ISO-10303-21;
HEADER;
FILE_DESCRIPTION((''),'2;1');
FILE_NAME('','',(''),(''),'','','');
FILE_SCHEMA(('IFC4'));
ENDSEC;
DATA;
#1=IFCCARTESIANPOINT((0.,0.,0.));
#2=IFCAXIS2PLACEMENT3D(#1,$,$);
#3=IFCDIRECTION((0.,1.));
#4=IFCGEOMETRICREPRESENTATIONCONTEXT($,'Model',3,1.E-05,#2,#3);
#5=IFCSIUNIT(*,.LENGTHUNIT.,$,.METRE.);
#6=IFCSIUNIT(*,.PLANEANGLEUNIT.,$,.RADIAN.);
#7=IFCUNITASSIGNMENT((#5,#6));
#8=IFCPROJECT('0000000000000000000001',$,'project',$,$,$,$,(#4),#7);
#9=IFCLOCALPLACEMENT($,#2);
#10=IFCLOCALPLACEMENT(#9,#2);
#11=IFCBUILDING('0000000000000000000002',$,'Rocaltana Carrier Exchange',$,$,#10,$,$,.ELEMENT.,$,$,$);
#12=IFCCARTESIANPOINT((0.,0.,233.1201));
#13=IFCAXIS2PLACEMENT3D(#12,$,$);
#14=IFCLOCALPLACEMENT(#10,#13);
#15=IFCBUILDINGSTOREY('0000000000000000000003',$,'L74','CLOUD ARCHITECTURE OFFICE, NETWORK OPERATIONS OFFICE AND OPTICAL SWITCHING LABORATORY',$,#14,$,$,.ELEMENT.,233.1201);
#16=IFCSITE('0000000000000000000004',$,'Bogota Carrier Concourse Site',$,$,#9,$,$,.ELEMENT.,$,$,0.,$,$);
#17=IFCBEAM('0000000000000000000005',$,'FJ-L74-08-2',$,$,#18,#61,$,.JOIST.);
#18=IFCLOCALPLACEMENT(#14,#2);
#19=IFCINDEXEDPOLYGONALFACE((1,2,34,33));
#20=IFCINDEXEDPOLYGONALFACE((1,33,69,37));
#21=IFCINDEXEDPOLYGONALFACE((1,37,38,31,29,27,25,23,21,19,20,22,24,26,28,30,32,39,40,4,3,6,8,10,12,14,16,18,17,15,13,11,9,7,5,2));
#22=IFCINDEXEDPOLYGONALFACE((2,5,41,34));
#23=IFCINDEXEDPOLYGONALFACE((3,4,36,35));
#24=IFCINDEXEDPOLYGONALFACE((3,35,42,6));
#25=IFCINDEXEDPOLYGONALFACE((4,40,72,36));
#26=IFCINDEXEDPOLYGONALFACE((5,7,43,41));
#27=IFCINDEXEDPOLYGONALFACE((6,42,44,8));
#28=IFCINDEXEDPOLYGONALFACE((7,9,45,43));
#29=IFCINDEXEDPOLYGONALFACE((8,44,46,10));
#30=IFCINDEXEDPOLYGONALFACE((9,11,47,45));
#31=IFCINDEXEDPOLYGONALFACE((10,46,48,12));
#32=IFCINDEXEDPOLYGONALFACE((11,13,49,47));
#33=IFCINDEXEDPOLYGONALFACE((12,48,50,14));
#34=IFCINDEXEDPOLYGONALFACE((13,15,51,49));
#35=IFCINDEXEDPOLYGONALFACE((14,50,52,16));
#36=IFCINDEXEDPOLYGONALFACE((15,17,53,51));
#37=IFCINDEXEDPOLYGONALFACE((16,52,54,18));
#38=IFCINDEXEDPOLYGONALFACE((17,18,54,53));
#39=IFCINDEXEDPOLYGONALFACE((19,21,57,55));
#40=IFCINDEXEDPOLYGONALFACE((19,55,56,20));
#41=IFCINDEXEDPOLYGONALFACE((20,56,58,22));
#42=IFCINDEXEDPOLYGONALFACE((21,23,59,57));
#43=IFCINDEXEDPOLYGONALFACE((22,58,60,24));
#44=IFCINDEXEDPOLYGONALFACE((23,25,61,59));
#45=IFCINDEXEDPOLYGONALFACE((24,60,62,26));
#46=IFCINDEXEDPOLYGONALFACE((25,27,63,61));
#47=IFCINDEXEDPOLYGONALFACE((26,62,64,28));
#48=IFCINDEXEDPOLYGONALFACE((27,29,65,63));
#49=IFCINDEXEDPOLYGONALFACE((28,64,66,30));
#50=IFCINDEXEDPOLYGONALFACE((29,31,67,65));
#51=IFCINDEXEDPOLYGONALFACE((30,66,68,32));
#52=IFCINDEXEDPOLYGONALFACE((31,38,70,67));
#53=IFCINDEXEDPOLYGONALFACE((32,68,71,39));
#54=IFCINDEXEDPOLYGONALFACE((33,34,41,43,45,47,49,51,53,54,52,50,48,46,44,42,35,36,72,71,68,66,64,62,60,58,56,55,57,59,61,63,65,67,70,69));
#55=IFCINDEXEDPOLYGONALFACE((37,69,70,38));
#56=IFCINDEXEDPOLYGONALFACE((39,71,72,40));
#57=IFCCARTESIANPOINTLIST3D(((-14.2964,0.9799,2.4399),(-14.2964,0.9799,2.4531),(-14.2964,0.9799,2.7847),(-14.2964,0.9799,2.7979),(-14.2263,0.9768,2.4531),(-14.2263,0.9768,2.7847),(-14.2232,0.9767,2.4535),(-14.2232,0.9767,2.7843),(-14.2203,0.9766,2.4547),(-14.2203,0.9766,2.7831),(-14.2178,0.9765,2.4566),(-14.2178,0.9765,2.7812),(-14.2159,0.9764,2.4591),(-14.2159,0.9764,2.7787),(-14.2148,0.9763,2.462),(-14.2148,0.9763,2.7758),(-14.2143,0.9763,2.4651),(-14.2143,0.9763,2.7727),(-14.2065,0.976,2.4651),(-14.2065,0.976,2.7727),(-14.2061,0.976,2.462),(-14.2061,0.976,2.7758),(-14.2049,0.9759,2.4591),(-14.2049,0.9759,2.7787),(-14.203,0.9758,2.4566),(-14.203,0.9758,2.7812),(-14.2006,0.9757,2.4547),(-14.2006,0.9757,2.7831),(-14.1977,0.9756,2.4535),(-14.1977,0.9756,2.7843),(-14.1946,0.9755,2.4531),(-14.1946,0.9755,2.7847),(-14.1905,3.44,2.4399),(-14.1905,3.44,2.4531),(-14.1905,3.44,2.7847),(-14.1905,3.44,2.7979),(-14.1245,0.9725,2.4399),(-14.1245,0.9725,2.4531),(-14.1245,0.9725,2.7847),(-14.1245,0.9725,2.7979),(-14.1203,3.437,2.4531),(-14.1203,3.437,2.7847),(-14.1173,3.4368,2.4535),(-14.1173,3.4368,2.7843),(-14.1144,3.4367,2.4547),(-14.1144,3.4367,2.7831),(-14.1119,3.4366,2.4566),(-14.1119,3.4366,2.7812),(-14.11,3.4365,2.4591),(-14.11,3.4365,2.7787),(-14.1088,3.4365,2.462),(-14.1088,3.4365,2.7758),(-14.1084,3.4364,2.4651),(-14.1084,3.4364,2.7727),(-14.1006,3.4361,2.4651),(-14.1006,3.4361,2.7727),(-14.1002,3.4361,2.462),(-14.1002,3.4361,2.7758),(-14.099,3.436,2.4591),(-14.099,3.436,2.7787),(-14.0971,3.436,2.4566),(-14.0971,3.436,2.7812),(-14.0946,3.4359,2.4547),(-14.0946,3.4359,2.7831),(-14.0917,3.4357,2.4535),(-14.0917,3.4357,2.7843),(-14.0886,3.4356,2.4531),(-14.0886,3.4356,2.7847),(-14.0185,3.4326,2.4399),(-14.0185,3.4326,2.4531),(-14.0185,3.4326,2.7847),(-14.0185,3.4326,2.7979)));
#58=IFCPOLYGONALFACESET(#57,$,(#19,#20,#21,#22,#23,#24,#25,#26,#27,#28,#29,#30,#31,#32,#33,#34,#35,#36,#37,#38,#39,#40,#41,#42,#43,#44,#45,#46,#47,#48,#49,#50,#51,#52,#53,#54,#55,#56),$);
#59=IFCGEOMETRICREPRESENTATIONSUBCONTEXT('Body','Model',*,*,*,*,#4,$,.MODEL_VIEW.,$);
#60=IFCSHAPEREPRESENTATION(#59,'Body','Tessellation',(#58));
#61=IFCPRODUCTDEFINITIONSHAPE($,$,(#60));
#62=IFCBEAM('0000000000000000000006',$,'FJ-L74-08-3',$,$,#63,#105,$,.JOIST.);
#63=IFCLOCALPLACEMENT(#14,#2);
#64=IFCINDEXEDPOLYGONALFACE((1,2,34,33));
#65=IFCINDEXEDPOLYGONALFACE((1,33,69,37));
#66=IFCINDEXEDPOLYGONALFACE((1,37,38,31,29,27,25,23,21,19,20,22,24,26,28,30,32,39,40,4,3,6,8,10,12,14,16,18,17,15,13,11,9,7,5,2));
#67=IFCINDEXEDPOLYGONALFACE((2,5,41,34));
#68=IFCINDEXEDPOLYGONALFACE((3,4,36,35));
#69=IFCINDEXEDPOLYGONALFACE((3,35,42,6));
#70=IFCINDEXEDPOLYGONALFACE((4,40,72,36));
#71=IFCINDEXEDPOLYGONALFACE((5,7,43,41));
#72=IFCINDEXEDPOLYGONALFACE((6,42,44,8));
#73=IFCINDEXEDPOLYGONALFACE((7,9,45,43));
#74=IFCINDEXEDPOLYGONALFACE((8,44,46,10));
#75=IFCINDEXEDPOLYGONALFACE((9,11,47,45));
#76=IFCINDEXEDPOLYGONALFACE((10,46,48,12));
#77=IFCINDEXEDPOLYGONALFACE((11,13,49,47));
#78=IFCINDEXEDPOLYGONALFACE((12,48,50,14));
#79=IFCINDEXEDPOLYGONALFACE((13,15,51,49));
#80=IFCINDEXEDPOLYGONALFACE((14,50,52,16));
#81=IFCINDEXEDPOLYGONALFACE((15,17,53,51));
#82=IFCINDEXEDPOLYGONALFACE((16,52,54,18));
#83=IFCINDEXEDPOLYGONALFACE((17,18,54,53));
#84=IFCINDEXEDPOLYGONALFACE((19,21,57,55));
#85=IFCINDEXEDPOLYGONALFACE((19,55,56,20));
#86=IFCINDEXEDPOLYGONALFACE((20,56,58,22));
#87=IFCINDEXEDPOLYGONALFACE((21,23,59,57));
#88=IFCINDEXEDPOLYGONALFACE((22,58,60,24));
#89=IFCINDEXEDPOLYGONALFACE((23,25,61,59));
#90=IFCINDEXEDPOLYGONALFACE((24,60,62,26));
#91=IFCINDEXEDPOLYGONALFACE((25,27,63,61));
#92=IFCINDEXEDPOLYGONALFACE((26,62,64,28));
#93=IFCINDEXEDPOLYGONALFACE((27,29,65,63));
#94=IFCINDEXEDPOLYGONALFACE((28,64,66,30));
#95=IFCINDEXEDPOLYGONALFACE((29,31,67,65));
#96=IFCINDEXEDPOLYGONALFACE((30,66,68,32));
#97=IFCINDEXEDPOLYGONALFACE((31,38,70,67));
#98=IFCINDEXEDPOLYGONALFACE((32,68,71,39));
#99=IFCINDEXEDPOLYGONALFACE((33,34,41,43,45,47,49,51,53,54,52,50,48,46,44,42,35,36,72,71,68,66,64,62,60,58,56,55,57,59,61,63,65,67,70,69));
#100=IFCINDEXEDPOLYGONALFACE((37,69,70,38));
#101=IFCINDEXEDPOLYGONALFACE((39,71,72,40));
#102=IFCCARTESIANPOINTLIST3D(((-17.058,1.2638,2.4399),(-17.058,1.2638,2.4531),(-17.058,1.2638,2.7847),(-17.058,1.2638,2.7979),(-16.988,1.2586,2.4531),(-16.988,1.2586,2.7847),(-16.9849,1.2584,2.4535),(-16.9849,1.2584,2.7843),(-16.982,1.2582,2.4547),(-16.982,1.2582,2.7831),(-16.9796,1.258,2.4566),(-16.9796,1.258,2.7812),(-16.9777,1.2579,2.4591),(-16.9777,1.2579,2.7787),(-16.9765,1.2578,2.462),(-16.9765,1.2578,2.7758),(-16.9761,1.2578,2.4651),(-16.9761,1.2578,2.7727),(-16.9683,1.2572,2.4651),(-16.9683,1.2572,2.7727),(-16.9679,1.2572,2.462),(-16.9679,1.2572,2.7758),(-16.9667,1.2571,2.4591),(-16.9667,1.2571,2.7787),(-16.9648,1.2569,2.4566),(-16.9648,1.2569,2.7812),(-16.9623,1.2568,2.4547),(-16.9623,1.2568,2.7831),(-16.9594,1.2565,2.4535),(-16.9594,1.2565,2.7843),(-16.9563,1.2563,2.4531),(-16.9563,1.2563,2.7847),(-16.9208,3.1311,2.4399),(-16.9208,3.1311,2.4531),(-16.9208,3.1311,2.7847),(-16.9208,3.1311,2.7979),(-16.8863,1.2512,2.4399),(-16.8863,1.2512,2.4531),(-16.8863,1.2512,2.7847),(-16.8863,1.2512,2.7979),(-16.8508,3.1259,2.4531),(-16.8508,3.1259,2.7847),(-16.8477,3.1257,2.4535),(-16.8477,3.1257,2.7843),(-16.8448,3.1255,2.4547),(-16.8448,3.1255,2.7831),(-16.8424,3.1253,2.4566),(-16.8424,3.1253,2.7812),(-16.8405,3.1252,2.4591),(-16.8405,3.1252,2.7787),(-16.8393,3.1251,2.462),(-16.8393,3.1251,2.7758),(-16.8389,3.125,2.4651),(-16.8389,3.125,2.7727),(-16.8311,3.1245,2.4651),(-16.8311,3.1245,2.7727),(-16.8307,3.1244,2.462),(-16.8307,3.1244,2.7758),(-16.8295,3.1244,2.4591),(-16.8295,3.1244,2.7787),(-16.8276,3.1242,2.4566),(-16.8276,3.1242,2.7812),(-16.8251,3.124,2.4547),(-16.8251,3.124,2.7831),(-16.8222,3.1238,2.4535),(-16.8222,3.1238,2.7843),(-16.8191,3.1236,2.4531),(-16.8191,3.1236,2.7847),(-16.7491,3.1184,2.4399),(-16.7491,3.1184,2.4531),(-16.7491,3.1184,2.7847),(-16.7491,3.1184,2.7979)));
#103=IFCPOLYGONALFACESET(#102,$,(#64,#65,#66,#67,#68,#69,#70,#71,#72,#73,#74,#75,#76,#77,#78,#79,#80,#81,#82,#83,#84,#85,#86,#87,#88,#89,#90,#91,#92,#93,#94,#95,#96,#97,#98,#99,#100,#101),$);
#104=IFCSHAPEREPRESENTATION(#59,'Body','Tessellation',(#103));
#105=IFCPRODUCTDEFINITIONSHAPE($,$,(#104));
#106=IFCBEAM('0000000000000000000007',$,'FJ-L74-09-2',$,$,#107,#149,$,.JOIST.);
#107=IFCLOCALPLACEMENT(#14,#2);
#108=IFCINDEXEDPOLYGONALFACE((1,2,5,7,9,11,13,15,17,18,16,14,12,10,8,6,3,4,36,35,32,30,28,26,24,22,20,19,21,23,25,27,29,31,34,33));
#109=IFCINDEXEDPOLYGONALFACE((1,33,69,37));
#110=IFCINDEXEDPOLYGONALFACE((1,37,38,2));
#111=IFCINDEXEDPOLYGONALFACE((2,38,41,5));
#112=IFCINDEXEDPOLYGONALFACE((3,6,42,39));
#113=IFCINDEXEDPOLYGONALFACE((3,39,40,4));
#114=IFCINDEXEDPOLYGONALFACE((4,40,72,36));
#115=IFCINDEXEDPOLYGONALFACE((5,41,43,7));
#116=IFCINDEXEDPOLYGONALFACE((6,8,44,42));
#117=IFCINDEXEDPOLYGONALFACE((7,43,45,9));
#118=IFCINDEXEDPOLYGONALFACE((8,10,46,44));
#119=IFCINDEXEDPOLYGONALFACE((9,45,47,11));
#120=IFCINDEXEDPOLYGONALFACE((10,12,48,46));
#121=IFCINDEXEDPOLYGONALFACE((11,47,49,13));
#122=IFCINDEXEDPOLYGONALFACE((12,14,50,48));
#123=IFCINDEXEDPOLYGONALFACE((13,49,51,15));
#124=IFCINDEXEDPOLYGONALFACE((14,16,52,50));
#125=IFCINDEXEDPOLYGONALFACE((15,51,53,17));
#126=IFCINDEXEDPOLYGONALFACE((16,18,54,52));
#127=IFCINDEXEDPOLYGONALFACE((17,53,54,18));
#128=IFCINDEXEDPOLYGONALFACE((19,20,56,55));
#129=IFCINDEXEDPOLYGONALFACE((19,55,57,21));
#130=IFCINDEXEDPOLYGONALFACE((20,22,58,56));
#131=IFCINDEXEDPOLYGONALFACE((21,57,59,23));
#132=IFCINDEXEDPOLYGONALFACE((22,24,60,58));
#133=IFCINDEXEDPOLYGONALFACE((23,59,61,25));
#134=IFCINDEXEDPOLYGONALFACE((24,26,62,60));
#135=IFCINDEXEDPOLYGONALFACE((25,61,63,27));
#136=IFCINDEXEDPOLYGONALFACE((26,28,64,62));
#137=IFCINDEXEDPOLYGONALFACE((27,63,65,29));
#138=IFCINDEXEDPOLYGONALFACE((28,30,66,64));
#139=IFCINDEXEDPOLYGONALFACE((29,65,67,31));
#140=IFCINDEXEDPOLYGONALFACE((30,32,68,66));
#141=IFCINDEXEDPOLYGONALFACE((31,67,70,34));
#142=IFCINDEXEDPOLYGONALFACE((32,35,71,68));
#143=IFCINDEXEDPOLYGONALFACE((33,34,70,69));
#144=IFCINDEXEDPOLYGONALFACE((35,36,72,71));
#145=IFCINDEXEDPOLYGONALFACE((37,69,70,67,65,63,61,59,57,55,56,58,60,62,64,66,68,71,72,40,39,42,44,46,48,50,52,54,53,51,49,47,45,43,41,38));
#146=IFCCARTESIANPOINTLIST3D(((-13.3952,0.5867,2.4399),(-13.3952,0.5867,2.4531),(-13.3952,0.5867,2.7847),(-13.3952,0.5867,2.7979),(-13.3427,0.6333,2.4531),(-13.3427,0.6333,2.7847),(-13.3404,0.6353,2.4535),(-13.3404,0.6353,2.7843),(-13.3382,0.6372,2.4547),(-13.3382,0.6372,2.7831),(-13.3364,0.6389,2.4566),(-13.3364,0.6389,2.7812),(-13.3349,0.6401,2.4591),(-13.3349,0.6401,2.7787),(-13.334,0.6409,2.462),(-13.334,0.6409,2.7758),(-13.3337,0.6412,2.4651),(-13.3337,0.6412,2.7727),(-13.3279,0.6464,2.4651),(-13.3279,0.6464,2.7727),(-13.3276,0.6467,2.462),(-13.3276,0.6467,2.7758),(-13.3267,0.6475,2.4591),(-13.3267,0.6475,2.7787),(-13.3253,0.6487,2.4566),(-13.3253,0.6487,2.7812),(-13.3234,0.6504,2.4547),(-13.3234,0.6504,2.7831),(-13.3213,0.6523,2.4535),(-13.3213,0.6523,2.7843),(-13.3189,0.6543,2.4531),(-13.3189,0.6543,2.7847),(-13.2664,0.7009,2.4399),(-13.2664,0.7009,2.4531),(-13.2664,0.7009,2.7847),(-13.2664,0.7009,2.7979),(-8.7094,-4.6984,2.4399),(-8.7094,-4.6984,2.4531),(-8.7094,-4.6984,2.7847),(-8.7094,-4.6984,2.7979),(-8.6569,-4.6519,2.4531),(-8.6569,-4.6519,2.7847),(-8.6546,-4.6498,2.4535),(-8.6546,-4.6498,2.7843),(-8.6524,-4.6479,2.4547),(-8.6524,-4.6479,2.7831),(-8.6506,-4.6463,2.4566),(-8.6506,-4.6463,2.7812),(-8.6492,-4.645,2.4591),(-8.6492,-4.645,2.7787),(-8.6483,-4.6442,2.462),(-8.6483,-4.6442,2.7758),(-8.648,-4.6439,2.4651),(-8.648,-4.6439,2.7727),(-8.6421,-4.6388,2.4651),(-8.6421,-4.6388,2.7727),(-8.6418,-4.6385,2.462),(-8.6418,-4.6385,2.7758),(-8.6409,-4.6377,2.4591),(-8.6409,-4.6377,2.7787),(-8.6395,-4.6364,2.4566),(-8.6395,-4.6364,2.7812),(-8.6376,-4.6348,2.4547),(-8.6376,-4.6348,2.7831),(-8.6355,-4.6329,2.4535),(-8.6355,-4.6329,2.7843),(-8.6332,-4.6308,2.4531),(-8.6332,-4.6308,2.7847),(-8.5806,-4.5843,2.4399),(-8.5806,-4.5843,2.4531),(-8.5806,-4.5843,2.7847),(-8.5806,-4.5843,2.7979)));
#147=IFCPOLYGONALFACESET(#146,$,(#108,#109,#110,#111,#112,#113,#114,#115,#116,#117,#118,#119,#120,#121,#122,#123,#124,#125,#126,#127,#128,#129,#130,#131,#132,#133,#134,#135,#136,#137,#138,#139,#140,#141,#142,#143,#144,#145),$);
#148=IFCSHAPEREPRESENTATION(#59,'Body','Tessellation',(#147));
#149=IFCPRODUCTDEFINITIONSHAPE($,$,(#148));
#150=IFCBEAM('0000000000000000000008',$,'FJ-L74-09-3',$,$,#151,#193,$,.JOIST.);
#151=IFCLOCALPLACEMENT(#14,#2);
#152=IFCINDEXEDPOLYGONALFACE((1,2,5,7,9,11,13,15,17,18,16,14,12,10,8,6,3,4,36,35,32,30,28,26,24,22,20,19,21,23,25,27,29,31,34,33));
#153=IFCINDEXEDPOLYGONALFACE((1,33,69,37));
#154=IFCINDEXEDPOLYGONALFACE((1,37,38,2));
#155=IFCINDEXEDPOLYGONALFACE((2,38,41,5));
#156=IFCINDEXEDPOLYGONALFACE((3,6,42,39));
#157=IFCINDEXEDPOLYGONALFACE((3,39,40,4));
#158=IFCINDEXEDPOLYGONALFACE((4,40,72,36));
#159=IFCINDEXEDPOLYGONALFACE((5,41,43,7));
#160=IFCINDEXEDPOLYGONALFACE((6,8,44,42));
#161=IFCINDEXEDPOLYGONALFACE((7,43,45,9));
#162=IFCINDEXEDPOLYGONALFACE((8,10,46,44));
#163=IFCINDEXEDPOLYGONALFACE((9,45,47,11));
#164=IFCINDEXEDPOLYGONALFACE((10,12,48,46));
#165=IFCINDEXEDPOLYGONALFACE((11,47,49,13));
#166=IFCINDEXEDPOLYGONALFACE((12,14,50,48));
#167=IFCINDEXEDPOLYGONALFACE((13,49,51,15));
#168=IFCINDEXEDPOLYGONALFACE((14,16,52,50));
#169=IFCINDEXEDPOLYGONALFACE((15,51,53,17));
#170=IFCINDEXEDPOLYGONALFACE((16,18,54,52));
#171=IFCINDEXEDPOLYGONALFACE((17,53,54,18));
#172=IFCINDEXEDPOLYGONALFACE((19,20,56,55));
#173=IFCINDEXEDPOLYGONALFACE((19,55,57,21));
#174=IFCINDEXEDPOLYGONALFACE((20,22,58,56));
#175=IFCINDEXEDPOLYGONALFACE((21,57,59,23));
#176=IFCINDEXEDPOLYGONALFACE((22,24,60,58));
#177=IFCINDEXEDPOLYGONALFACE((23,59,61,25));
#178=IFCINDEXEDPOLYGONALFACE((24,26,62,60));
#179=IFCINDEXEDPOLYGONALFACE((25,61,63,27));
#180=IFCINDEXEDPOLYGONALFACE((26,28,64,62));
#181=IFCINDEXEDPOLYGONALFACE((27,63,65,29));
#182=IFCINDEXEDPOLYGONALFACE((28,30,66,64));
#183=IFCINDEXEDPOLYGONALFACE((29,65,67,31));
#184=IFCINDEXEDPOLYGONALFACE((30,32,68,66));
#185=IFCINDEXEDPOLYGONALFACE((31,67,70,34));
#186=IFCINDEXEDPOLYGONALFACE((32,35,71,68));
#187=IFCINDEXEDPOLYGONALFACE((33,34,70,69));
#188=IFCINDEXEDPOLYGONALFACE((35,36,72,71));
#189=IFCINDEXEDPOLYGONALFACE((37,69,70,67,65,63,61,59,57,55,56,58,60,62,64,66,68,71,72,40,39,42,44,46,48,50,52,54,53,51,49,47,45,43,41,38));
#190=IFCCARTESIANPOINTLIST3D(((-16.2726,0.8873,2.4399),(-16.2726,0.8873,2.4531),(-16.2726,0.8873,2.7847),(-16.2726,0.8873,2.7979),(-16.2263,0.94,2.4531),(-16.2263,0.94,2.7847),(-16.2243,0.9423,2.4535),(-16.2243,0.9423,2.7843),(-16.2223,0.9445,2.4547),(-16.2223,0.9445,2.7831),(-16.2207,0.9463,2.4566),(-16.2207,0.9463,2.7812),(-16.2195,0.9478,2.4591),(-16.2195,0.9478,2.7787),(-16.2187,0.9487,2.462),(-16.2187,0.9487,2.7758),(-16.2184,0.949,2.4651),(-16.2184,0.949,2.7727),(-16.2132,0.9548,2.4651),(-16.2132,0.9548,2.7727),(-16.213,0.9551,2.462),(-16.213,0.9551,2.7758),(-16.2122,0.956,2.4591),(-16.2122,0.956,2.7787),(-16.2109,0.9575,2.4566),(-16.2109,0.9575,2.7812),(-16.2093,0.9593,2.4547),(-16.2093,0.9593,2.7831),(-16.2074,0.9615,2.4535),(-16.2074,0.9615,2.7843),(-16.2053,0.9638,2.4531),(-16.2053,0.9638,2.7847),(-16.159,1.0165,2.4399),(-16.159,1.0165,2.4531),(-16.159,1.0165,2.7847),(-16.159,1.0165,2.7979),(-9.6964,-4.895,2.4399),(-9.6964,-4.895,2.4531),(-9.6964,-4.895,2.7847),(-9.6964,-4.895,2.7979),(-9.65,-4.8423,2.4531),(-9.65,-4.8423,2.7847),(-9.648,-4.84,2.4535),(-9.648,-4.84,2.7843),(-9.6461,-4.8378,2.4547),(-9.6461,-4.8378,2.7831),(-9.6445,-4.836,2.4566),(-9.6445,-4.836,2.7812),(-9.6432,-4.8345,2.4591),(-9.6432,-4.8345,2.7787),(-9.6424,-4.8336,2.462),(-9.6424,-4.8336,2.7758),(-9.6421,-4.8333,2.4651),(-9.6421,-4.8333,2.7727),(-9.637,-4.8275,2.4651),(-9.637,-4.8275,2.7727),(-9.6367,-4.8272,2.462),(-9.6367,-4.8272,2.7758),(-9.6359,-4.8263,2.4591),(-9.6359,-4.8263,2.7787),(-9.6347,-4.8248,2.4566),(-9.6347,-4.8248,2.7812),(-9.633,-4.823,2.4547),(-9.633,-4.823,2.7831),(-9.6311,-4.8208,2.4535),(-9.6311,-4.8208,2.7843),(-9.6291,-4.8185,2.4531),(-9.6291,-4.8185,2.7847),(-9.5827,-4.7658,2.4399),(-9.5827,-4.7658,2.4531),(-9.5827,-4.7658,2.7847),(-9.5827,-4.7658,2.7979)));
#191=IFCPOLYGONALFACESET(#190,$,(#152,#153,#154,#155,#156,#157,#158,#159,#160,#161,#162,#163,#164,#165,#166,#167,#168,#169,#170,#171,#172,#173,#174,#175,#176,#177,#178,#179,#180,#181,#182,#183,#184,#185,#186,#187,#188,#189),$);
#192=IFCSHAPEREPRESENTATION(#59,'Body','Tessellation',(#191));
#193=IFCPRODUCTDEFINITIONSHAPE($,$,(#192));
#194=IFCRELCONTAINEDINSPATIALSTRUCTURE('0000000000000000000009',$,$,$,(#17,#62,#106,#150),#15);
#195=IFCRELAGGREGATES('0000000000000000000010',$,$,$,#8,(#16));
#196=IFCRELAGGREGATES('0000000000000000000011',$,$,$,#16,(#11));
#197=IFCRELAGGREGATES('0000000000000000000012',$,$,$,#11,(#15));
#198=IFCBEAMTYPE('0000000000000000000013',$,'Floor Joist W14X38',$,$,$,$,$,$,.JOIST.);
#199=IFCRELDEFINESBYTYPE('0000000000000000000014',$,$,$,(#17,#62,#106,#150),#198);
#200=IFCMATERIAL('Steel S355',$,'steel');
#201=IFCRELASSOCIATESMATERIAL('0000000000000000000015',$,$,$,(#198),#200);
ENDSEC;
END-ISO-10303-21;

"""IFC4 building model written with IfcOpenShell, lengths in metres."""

from ifc_helpers import new_model, si_unit, direction, frame, origin, origin_2d, place, context, subcontext, project, spatial, i_section, extrude, material, material_profile, profile_set, type_object, element, save


model = new_model("IFC4")

# Units and contexts
model_context = context("Model", 3, precision=1e-05, world=origin(), true_north=direction((0.0, 1.0)))
body_context = subcontext(model_context, "Body", "Model", "MODEL_VIEW")
ifc_project = project(units=[si_unit("LENGTHUNIT", "METRE"), si_unit("PLANEANGLEUNIT", "RADIAN")], contexts=[model_context])

# Site, building, storey
site_placement = place(None, origin())
site = spatial("IfcSite", under=ifc_project, at=site_placement, Name="Bogota Carrier Concourse Site", CompositionType="ELEMENT", RefElevation=0.0)
building_placement = place(site_placement, origin())
building = spatial("IfcBuilding", under=site, at=building_placement, Name="Rocaltana Carrier Exchange", CompositionType="ELEMENT")
storey_placement = place(building_placement, frame((0.0, 0.0, 233.1201)))
storey = spatial("IfcBuildingStorey", under=building, at=storey_placement, Name="L74", Description="CLOUD ARCHITECTURE OFFICE, NETWORK OPERATIONS OFFICE AND OPTICAL SWITCHING LABORATORY", CompositionType="ELEMENT", Elevation=233.1201)

# Beams
ifc_material_1 = material(Name="Steel S355", Category="steel")
ifc_material_profile_1 = material_profile(ifc_material_1, i_section(OverallWidth=0.1721, OverallDepth=0.3579, WebThickness=0.0078, FlangeThickness=0.0132, FilletRadius=0.012, at=origin_2d()), Name="W14X38")
ifc_profile_set_1 = profile_set([ifc_material_profile_1], Name="Steel S355")
beam_type_1 = type_object("IfcBeamType", Name="Floor Joist W14X38", PredefinedType="JOIST", material=ifc_profile_set_1)
beam_1_placement = place(storey_placement, frame((-14.1045, 3.4363, 2.6189), z_axis=(-0.043028, -0.999074, 0.0), x_axis=(0.999074, -0.043028, 0.0)))
element("IfcBeam", 1, at=beam_1_placement, inside=storey, type_object=beam_type_1, Name="FJ-L74-08-2", PredefinedType="JOIST", context=body_context, shape_type="SweptSolid", body=[
    extrude(i_section(OverallWidth=0.1721, OverallDepth=0.3579, WebThickness=0.0078, FlangeThickness=0.0132, FilletRadius=0.012, at=origin_2d()), origin(), (0.0, 0.0, 1.0), 2.4624),
])
beam_2_placement = place(storey_placement, frame((-16.835, 3.1248, 2.6189), z_axis=(-0.073286, -0.997311, 0.0), x_axis=(0.997311, -0.073286, 0.0)))
element("IfcBeam", 2, at=beam_2_placement, inside=storey, type_object=beam_type_1, Name="FJ-L74-08-3", PredefinedType="JOIST", context=body_context, shape_type="SweptSolid", body=[
    extrude(i_section(OverallWidth=0.1721, OverallDepth=0.3579, WebThickness=0.0078, FlangeThickness=0.0132, FilletRadius=0.012, at=origin_2d()), origin(), (0.0, 0.0, 1.0), 1.8723),
])
beam_3_placement = place(storey_placement, frame((-13.3308, 0.6438, 2.6189), z_axis=(0.663404, -0.748261, 0.0), x_axis=(0.748261, 0.663404, 0.0)))
element("IfcBeam", 3, at=beam_3_placement, inside=storey, type_object=beam_type_1, Name="FJ-L74-09-2", PredefinedType="JOIST", context=body_context, shape_type="SweptSolid", body=[
    extrude(i_section(OverallWidth=0.1721, OverallDepth=0.3579, WebThickness=0.0078, FlangeThickness=0.0132, FilletRadius=0.012, at=origin_2d()), origin(), (0.0, 0.0, 1.0), 7.0632),
])
beam_4_placement = place(storey_placement, frame((-16.2158, 0.9519, 2.6189), z_axis=(0.750986, -0.660319, 0.0), x_axis=(0.660319, 0.750986, 0.0)))
element("IfcBeam", 4, at=beam_4_placement, inside=storey, type_object=beam_type_1, Name="FJ-L74-09-3", PredefinedType="JOIST", context=body_context, shape_type="SweptSolid", body=[
    extrude(i_section(OverallWidth=0.1721, OverallDepth=0.3579, WebThickness=0.0078, FlangeThickness=0.0132, FilletRadius=0.012, at=origin_2d()), origin(), (0.0, 0.0, 1.0), 8.7568),
])

save(model, "model.ifc")
